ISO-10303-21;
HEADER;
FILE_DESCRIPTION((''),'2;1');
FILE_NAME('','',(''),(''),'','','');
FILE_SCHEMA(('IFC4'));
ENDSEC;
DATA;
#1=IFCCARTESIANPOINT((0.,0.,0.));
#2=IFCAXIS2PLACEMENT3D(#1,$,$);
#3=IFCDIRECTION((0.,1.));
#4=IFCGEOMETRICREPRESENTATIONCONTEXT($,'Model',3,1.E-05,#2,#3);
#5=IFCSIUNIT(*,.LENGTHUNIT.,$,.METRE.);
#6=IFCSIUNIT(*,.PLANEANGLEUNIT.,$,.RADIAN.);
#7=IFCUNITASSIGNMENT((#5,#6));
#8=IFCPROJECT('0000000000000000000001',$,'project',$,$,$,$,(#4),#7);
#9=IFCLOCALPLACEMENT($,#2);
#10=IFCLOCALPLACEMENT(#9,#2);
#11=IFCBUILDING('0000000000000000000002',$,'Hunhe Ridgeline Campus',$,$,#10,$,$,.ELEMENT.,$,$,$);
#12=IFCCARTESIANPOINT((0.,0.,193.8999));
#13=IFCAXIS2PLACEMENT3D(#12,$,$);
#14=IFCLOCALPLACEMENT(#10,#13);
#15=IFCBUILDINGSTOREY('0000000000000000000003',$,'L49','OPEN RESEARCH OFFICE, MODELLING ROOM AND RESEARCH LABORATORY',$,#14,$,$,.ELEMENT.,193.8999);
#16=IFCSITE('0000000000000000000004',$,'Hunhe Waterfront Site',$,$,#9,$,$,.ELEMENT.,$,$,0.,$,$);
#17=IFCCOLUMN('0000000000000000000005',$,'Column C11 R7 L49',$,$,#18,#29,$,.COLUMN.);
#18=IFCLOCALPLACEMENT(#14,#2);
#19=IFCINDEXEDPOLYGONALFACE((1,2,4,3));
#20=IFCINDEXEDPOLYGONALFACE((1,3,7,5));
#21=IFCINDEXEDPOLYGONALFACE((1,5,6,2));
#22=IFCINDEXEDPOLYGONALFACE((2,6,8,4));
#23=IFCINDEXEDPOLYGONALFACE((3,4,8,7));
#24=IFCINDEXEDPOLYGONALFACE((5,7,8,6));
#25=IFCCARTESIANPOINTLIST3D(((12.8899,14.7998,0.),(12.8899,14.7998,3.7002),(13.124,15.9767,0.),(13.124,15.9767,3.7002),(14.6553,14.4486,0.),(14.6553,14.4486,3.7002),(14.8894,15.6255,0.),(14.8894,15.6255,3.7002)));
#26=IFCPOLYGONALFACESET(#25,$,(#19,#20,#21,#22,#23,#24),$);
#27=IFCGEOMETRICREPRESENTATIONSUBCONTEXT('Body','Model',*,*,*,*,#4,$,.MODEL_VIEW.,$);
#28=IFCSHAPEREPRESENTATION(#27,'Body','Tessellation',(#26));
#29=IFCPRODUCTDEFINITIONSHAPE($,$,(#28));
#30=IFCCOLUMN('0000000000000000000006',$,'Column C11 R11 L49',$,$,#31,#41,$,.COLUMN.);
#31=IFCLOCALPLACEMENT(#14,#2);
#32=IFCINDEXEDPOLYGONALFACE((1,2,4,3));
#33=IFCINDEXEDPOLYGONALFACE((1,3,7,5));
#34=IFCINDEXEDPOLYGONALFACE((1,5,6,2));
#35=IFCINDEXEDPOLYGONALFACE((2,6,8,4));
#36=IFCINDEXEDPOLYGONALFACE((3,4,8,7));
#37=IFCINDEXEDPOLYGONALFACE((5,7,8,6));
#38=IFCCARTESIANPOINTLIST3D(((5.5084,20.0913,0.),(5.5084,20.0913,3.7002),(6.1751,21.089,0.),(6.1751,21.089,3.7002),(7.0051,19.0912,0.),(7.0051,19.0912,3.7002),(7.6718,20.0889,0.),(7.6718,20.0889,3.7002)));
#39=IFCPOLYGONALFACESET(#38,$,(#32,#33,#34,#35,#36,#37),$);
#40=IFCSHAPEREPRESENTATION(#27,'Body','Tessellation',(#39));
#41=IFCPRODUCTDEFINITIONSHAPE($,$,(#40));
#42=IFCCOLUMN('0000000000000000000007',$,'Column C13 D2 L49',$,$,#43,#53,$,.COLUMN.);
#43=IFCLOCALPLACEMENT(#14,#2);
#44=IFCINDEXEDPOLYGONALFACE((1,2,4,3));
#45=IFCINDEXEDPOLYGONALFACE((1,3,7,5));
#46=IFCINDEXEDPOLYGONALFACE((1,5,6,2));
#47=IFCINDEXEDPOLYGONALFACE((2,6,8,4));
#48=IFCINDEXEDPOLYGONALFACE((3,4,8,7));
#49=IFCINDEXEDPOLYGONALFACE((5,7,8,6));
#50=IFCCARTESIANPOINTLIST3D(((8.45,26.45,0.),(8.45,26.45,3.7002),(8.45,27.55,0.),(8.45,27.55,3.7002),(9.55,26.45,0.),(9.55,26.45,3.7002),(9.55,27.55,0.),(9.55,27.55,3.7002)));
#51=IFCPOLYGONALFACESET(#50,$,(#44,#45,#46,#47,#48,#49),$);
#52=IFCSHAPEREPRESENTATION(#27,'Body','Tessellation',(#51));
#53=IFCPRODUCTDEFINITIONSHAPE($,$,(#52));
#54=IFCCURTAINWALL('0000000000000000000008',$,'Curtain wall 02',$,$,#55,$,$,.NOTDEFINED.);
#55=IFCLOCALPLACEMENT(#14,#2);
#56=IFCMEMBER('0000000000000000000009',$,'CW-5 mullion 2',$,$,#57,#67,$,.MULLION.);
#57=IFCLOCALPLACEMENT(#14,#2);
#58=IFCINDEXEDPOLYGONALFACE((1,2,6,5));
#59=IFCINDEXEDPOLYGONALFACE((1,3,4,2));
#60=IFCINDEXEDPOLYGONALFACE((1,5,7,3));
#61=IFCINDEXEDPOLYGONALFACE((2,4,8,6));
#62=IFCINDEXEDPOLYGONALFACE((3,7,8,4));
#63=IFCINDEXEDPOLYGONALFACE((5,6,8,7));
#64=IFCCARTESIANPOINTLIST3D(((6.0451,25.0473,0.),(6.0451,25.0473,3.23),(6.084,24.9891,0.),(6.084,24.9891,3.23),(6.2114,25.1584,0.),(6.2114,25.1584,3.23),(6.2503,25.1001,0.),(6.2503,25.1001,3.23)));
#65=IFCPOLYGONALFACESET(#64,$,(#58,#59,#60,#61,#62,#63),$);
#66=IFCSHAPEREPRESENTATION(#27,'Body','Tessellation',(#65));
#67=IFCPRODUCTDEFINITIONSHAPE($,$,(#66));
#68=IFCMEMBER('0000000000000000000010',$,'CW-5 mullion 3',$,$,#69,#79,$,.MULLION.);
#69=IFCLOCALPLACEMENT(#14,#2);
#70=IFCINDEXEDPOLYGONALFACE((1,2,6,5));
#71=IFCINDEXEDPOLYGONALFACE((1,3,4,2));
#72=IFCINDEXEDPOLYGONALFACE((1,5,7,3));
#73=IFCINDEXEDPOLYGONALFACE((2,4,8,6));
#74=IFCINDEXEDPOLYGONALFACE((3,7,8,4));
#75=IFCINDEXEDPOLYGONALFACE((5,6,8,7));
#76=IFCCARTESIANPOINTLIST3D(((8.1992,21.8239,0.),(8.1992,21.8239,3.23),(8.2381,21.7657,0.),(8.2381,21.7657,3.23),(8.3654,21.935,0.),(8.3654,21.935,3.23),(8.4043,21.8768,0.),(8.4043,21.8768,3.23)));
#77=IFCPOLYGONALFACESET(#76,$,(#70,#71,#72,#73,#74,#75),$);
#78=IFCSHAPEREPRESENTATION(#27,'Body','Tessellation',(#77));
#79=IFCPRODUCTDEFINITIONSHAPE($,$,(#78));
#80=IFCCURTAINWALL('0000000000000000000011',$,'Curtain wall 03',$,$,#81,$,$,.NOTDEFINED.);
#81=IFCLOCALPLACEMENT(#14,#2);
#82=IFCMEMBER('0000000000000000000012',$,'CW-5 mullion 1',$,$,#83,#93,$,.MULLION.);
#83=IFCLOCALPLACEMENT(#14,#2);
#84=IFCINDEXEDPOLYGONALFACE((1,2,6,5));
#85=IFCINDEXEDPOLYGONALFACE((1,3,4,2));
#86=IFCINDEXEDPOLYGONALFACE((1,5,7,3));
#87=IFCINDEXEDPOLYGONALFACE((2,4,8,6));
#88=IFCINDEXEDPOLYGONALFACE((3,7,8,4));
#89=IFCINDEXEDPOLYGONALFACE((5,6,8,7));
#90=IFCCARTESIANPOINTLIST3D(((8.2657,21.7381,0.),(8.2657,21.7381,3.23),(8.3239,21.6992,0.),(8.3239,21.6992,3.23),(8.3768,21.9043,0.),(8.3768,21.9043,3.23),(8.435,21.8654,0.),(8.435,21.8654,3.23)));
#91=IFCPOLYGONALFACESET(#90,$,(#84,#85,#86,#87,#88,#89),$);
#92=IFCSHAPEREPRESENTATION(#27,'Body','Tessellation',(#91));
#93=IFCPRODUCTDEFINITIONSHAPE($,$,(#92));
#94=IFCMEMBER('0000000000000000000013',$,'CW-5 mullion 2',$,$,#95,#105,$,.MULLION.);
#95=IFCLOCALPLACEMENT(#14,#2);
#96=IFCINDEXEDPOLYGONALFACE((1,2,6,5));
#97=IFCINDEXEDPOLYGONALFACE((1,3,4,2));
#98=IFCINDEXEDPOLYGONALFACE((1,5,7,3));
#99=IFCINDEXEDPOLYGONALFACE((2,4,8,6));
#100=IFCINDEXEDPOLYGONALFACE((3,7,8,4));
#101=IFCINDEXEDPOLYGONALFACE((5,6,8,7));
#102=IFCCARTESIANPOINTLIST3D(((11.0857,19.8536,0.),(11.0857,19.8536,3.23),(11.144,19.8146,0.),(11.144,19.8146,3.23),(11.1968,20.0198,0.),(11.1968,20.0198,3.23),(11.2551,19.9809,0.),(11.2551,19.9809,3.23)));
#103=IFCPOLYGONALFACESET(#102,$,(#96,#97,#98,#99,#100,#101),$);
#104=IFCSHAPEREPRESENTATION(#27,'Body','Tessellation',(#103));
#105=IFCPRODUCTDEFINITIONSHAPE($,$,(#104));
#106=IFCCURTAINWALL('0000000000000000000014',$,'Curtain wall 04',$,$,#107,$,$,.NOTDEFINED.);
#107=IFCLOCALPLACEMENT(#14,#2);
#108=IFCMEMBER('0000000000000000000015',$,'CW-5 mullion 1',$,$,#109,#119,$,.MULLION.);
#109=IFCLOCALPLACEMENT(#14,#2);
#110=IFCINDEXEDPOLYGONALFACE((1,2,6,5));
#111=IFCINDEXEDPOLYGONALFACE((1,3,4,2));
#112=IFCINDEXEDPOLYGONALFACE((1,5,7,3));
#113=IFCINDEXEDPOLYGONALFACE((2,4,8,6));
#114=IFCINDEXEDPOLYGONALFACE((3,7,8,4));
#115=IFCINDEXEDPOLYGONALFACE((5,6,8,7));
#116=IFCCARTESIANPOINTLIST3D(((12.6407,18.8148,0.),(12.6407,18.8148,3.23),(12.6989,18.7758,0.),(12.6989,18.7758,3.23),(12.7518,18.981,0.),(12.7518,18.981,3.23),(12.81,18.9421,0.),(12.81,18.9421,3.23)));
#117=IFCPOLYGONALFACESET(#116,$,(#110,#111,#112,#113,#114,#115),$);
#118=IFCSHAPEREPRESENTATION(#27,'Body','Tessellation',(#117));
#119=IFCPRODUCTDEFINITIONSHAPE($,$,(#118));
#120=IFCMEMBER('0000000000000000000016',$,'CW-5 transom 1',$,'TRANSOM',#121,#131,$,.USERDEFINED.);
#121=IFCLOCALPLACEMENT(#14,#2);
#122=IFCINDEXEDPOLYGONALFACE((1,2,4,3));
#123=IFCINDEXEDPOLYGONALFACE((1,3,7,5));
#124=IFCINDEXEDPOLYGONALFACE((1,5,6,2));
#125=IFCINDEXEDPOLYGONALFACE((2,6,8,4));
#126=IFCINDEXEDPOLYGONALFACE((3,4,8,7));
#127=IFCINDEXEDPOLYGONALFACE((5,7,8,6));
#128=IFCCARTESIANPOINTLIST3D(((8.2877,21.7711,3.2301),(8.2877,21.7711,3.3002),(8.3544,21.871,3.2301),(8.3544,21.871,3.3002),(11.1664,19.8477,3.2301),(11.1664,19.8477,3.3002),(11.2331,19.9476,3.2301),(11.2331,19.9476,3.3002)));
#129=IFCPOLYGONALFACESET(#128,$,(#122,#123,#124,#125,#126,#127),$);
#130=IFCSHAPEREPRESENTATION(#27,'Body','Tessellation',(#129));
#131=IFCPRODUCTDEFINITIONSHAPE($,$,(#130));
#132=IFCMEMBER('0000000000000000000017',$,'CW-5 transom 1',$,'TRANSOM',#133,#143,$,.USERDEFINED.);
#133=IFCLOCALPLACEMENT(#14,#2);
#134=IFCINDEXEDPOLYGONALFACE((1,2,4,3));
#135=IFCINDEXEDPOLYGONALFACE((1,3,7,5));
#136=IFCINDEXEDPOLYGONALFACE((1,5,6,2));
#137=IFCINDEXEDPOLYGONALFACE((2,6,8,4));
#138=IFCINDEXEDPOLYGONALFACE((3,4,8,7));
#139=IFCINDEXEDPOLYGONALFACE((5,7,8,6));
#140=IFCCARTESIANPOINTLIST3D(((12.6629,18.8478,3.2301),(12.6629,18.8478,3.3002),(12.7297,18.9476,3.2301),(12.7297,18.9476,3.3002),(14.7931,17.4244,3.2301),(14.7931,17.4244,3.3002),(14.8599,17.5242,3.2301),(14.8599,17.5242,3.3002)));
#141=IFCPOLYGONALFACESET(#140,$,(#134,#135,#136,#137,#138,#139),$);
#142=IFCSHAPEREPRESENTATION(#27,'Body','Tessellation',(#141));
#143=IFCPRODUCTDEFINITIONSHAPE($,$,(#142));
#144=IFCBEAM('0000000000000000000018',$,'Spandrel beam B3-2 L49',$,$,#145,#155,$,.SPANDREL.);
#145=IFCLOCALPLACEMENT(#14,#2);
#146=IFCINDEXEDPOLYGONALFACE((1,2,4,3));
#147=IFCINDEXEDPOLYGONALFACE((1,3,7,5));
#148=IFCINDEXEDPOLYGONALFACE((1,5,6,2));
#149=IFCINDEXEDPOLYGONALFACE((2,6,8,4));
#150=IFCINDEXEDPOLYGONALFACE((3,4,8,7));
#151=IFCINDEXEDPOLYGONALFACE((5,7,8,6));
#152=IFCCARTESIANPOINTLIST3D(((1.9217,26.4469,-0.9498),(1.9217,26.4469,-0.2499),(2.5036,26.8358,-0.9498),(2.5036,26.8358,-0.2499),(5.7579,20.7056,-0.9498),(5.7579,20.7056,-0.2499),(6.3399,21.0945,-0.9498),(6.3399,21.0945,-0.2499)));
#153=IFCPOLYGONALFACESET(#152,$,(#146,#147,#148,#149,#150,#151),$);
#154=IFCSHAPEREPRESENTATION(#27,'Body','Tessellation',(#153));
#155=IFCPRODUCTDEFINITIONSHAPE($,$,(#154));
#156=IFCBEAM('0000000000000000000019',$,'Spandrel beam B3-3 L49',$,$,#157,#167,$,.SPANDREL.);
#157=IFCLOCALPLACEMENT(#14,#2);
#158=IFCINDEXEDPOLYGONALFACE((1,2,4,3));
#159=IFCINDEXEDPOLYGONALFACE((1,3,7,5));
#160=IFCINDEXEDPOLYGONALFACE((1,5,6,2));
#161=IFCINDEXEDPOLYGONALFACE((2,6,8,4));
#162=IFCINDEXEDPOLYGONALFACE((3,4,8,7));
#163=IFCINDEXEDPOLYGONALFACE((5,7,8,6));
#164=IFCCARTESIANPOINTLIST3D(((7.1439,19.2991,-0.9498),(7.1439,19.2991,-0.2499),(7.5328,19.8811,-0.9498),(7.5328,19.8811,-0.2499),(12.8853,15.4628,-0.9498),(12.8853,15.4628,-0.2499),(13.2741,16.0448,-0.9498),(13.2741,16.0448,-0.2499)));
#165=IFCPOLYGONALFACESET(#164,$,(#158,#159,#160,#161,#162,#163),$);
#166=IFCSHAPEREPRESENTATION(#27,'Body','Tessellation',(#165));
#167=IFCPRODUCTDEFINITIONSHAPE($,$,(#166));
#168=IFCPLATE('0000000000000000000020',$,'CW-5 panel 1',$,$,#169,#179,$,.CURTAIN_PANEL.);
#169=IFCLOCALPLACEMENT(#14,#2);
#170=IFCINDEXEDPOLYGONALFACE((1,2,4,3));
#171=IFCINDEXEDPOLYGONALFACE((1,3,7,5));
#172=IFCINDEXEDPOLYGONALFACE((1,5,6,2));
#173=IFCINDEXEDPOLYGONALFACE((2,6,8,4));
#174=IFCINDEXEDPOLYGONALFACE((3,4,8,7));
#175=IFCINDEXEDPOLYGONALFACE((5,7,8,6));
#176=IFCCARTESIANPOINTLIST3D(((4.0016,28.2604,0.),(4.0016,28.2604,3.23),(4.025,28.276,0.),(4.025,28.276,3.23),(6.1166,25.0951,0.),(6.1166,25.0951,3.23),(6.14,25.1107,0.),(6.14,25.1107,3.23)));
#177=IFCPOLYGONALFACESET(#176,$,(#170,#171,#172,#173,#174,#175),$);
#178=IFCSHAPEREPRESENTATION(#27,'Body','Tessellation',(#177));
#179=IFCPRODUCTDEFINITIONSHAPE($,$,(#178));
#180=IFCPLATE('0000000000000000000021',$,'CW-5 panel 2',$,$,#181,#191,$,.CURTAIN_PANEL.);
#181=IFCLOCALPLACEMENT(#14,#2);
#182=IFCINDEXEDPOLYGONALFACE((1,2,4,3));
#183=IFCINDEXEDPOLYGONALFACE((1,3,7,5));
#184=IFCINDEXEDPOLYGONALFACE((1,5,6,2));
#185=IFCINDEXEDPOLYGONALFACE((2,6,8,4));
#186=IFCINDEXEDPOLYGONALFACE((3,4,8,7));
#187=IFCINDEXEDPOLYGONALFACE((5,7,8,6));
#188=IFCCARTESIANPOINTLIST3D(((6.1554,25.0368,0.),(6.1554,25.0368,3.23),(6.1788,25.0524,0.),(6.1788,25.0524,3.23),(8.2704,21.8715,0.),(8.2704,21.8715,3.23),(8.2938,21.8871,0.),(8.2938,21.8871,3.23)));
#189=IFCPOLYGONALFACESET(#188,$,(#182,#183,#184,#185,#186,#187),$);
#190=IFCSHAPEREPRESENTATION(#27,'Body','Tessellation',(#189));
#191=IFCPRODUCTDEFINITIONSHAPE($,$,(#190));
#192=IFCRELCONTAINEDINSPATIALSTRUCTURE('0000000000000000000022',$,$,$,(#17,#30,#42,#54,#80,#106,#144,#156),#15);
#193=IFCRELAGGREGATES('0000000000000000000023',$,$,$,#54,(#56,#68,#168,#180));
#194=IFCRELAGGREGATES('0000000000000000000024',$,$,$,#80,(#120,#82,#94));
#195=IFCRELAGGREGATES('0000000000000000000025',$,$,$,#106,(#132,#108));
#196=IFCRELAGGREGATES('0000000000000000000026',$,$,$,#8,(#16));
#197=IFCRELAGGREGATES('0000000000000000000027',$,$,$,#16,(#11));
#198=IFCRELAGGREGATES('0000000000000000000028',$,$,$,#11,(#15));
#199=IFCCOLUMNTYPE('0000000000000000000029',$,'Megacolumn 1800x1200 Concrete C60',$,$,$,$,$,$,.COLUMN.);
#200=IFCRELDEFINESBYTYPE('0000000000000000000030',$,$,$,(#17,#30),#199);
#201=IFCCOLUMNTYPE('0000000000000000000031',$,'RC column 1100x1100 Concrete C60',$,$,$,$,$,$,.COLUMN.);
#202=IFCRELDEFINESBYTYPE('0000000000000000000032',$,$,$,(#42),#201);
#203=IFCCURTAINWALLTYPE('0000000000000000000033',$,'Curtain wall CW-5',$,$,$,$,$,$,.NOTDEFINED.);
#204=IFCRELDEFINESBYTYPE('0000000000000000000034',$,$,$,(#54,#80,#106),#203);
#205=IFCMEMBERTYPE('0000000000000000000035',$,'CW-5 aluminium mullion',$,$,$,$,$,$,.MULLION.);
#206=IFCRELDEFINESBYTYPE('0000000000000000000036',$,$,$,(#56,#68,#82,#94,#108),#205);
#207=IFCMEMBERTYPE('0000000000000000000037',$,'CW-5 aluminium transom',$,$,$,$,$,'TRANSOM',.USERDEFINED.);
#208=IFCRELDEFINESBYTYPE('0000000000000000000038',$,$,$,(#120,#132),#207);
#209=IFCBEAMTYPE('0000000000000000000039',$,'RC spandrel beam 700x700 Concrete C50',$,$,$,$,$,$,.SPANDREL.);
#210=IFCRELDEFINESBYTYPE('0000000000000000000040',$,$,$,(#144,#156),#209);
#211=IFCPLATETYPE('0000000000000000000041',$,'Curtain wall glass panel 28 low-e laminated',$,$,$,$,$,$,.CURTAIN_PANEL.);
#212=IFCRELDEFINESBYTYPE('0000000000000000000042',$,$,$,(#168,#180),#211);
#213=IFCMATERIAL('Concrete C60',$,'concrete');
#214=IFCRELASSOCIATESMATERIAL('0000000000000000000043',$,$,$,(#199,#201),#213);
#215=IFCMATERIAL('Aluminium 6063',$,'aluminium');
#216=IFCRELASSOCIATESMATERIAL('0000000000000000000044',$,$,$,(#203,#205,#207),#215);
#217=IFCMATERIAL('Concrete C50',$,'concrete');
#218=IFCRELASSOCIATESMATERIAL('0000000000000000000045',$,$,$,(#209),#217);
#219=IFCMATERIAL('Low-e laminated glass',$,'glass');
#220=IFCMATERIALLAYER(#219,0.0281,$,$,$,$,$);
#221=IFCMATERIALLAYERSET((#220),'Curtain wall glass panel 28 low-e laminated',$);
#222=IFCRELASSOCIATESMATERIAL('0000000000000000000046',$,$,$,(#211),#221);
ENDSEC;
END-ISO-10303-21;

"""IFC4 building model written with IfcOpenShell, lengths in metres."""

from ifc_helpers import new_model, si_unit, direction, frame, origin, origin_2d, place, context, subcontext, project, spatial, rectangle, extrude, material, layer, layer_set, material_profile, profile_set, type_object, element, aggregate, save


model = new_model("IFC4")

# Units and contexts
model_context = context("Model", 3, precision=1e-05, world=origin(), true_north=direction((0.0, 1.0)))
body_context = subcontext(model_context, "Body", "Model", "MODEL_VIEW")
ifc_project = project(units=[si_unit("LENGTHUNIT", "METRE"), si_unit("PLANEANGLEUNIT", "RADIAN")], contexts=[model_context])

# Site, building, storey
site_placement = place(None, origin())
site = spatial("IfcSite", under=ifc_project, at=site_placement, Name="Hunhe Waterfront Site", CompositionType="ELEMENT", RefElevation=0.0)
building_placement = place(site_placement, origin())
building = spatial("IfcBuilding", under=site, at=building_placement, Name="Hunhe Ridgeline Campus", CompositionType="ELEMENT")
storey_placement = place(building_placement, frame((0.0, 0.0, 193.8999)))
storey = spatial("IfcBuildingStorey", under=building, at=storey_placement, Name="L49", Description="OPEN RESEARCH OFFICE, MODELLING ROOM AND RESEARCH LABORATORY", CompositionType="ELEMENT", Elevation=193.8999)

# Columns
ifc_material_1 = material(Name="Concrete C60", Category="concrete")
ifc_material_profile_1 = material_profile(ifc_material_1, rectangle(XDim=1.8, YDim=1.2, at=origin_2d()))
ifc_profile_set_1 = profile_set([ifc_material_profile_1], Name="Concrete C60")
column_type_1 = type_object("IfcColumnType", Name="Megacolumn 1800x1200 Concrete C60", PredefinedType="COLUMN", material=ifc_profile_set_1)
for number, where, z_axis, x_axis, name in (
    (1, (13.8896, 15.2126, 0.0), (0.0, 0.0, 1.0), (-0.980785, 0.19509, 0.0), "Column C11 R7 L49"),
    (2, (6.5901, 20.0901, 0.0), (0.0, 0.0, 1.0), (-0.83147, 0.55557, 0.0), "Column C11 R11 L49"),
):
    element("IfcColumn", number, at=place(storey_placement, frame(where, z_axis=z_axis, x_axis=x_axis)), inside=storey, type_object=column_type_1, Name=name, PredefinedType="COLUMN", context=body_context, shape_type="SweptSolid", body=[
        extrude(rectangle(XDim=1.8, YDim=1.2, at=origin_2d()), origin(), (0.0, 0.0, 1.0), 3.7002),
    ])
ifc_material_profile_2 = material_profile(ifc_material_1, rectangle(XDim=1.1001, YDim=1.1001, at=origin_2d()))
ifc_profile_set_2 = profile_set([ifc_material_profile_2], Name="Concrete C60")
column_type_2 = type_object("IfcColumnType", Name="RC column 1100x1100 Concrete C60", PredefinedType="COLUMN", material=ifc_profile_set_2)
column_placement = place(storey_placement, frame((9.0, 27.0, 0.0), z_axis=(0.0, 0.0, 1.0), x_axis=(1.0, 0.0, 0.0)))
element("IfcColumn", 3, at=column_placement, inside=storey, type_object=column_type_2, Name="Column C13 D2 L49", PredefinedType="COLUMN", context=body_context, shape_type="SweptSolid", body=[
    extrude(rectangle(XDim=1.1001, YDim=1.1001, at=origin_2d()), origin(), (0.0, 0.0, 1.0), 3.7002),
])

# Curtain walls, members
ifc_material_2 = material(Name="Aluminium 6063", Category="aluminium")
curtain_wall_type = type_object("IfcCurtainWallType", Name="Curtain wall CW-5", PredefinedType="NOTDEFINED", material=ifc_material_2)
curtain_wall_1_placement = place(storey_placement, origin())
curtain_wall_1 = element("IfcCurtainWall", 4, at=curtain_wall_1_placement, inside=storey, type_object=curtain_wall_type, Name="Curtain wall 02", PredefinedType="NOTDEFINED")
ifc_material_profile_3 = material_profile(ifc_material_2, rectangle(XDim=0.2, YDim=0.0701, at=origin_2d()))
ifc_profile_set_3 = profile_set([ifc_material_profile_3], Name="Aluminium 6063")
member_type_1 = type_object("IfcMemberType", Name="CW-5 aluminium mullion", PredefinedType="MULLION", material=ifc_profile_set_3)
member_1_placement = place(storey_placement, frame((6.1477, 25.0737, 0.0), z_axis=(0.0, 0.0, 1.0), x_axis=(0.83147, 0.55557, 0.0)))
member_1 = element("IfcMember", 5, at=member_1_placement, type_object=member_type_1, Name="CW-5 mullion 2", PredefinedType="MULLION", context=body_context, shape_type="SweptSolid", body=[
    extrude(rectangle(XDim=0.2, YDim=0.0701, at=origin_2d()), origin(), (0.0, 0.0, 1.0), 3.23),
])
member_2_placement = place(storey_placement, frame((8.3018, 21.8503, 0.0), z_axis=(0.0, 0.0, 1.0), x_axis=(0.83147, 0.55557, 0.0)))
member_2 = element("IfcMember", 6, at=member_2_placement, type_object=member_type_1, Name="CW-5 mullion 3", PredefinedType="MULLION", context=body_context, shape_type="SweptSolid", body=[
    extrude(rectangle(XDim=0.2, YDim=0.0701, at=origin_2d()), origin(), (0.0, 0.0, 1.0), 3.23),
])
curtain_wall_2_placement = place(storey_placement, origin())
curtain_wall_2 = element("IfcCurtainWall", 7, at=curtain_wall_2_placement, inside=storey, type_object=curtain_wall_type, Name="Curtain wall 03", PredefinedType="NOTDEFINED")
member_3_placement = place(storey_placement, frame((8.3503, 21.8018, 0.0), z_axis=(0.0, 0.0, 1.0), x_axis=(0.55557, 0.83147, 0.0)))
member_3 = element("IfcMember", 8, at=member_3_placement, type_object=member_type_1, Name="CW-5 mullion 1", PredefinedType="MULLION", context=body_context, shape_type="SweptSolid", body=[
    extrude(rectangle(XDim=0.2, YDim=0.0701, at=origin_2d()), origin(), (0.0, 0.0, 1.0), 3.23),
])
member_4_placement = place(storey_placement, frame((11.1704, 19.9172, 0.0), z_axis=(0.0, 0.0, 1.0), x_axis=(0.55557, 0.83147, 0.0)))
member_4 = element("IfcMember", 9, at=member_4_placement, type_object=member_type_1, Name="CW-5 mullion 2", PredefinedType="MULLION", context=body_context, shape_type="SweptSolid", body=[
    extrude(rectangle(XDim=0.2, YDim=0.0701, at=origin_2d()), origin(), (0.0, 0.0, 1.0), 3.23),
])

# Curtain wall, member
curtain_wall_3_placement = place(storey_placement, origin())
curtain_wall_3 = element("IfcCurtainWall", 10, at=curtain_wall_3_placement, inside=storey, type_object=curtain_wall_type, Name="Curtain wall 04", PredefinedType="NOTDEFINED")
member_5_placement = place(storey_placement, frame((12.7253, 18.8784, 0.0), z_axis=(0.0, 0.0, 1.0), x_axis=(0.55557, 0.83147, 0.0)))
member_5 = element("IfcMember", 11, at=member_5_placement, type_object=member_type_1, Name="CW-5 mullion 1", PredefinedType="MULLION", context=body_context, shape_type="SweptSolid", body=[
    extrude(rectangle(XDim=0.2, YDim=0.0701, at=origin_2d()), origin(), (0.0, 0.0, 1.0), 3.23),
])

# Members
ifc_material_profile_4 = material_profile(ifc_material_2, rectangle(XDim=0.1201, YDim=0.0701, at=origin_2d()))
ifc_profile_set_4 = profile_set([ifc_material_profile_4], Name="Aluminium 6063")
member_type_2 = type_object("IfcMemberType", Name="CW-5 aluminium transom", ElementType="TRANSOM", PredefinedType="USERDEFINED", material=ifc_profile_set_4)
member_6_placement = place(storey_placement, frame((8.321, 21.821, 3.2651), z_axis=(0.831486, -0.555546, 0.0), x_axis=(0.555546, 0.831486, 0.0)))
member_6 = element("IfcMember", 12, at=member_6_placement, type_object=member_type_2, Name="CW-5 transom 1", ObjectType="TRANSOM", PredefinedType="USERDEFINED", context=body_context, shape_type="SweptSolid", body=[
    extrude(rectangle(XDim=0.1201, YDim=0.0701, at=origin_2d()), origin(), (0.0, 0.0, 1.0), 3.4622),
])
member_7_placement = place(storey_placement, frame((12.6963, 18.8977, 3.2651), z_axis=(0.831463, -0.55558, 0.0), x_axis=(0.55558, 0.831463, 0.0)))
member_7 = element("IfcMember", 13, at=member_7_placement, type_object=member_type_2, Name="CW-5 transom 1", ObjectType="TRANSOM", PredefinedType="USERDEFINED", context=body_context, shape_type="SweptSolid", body=[
    extrude(rectangle(XDim=0.1201, YDim=0.0701, at=origin_2d()), origin(), (0.0, 0.0, 1.0), 2.562),
])

# Beams
ifc_material_3 = material(Name="Concrete C50", Category="concrete")
ifc_material_profile_5 = material_profile(ifc_material_3, rectangle(XDim=0.7, YDim=0.7, at=origin_2d()))
ifc_profile_set_5 = profile_set([ifc_material_profile_5], Name="Concrete C50")
beam_type = type_object("IfcBeamType", Name="RC spandrel beam 700x700 Concrete C50", PredefinedType="SPANDREL", material=ifc_profile_set_5)
for number, where, z_axis, x_axis, name in (
    (14, (2.2126, 26.6414, -0.5999), (0.555573, -0.831468, 0.0), (0.831468, 0.555573, 0.0), "Spandrel beam B3-2 L49"),
    (15, (7.3384, 19.5901, -0.5999), (0.831468, -0.555573, 0.0), (0.555573, 0.831468, 0.0), "Spandrel beam B3-3 L49"),
):
    element("IfcBeam", number, at=place(storey_placement, frame(where, z_axis=z_axis, x_axis=x_axis)), inside=storey, type_object=beam_type, Name=name, PredefinedType="SPANDREL", context=body_context, shape_type="SweptSolid", body=[
        extrude(rectangle(XDim=0.7, YDim=0.7, at=origin_2d()), origin(), (0.0, 0.0, 1.0), 6.905),
    ])

# Plates
ifc_material_4 = material(Name="Low-e laminated glass", Category="glass")
ifc_layer_1 = layer(ifc_material_4, 0.0281)
ifc_layer_set_1 = layer_set([ifc_layer_1], Name="Curtain wall glass panel 28 low-e laminated")
plate_type = type_object("IfcPlateType", Name="Curtain wall glass panel 28 low-e laminated", PredefinedType="CURTAIN_PANEL", material=ifc_layer_set_1)
plate_1_placement = place(storey_placement, frame((5.0708, 26.6855, 0.0), z_axis=(0.0, 0.0, 1.0), x_axis=(0.55557, -0.83147, 0.0)))
plate_1 = element("IfcPlate", 16, at=plate_1_placement, type_object=plate_type, Name="CW-5 panel 1", PredefinedType="CURTAIN_PANEL", context=body_context, shape_type="SweptSolid", body=[
    extrude(rectangle(XDim=3.8069, YDim=0.0281, at=origin_2d()), origin(), (0.0, 0.0, 1.0), 3.23),
])
plate_2_placement = place(storey_placement, frame((7.2246, 23.4619, 0.0), z_axis=(0.0, 0.0, 1.0), x_axis=(0.55557, -0.83147, 0.0)))
plate_2 = element("IfcPlate", 17, at=plate_2_placement, type_object=plate_type, Name="CW-5 panel 2", PredefinedType="CURTAIN_PANEL", context=body_context, shape_type="SweptSolid", body=[
    extrude(rectangle(XDim=3.8069, YDim=0.0281, at=origin_2d()), origin(), (0.0, 0.0, 1.0), 3.23),
])
aggregate(curtain_wall_1, [member_1, member_2, plate_1, plate_2])
aggregate(curtain_wall_2, [member_6, member_3, member_4])
aggregate(curtain_wall_3, [member_7, member_5])

save(model, "model.ifc")
